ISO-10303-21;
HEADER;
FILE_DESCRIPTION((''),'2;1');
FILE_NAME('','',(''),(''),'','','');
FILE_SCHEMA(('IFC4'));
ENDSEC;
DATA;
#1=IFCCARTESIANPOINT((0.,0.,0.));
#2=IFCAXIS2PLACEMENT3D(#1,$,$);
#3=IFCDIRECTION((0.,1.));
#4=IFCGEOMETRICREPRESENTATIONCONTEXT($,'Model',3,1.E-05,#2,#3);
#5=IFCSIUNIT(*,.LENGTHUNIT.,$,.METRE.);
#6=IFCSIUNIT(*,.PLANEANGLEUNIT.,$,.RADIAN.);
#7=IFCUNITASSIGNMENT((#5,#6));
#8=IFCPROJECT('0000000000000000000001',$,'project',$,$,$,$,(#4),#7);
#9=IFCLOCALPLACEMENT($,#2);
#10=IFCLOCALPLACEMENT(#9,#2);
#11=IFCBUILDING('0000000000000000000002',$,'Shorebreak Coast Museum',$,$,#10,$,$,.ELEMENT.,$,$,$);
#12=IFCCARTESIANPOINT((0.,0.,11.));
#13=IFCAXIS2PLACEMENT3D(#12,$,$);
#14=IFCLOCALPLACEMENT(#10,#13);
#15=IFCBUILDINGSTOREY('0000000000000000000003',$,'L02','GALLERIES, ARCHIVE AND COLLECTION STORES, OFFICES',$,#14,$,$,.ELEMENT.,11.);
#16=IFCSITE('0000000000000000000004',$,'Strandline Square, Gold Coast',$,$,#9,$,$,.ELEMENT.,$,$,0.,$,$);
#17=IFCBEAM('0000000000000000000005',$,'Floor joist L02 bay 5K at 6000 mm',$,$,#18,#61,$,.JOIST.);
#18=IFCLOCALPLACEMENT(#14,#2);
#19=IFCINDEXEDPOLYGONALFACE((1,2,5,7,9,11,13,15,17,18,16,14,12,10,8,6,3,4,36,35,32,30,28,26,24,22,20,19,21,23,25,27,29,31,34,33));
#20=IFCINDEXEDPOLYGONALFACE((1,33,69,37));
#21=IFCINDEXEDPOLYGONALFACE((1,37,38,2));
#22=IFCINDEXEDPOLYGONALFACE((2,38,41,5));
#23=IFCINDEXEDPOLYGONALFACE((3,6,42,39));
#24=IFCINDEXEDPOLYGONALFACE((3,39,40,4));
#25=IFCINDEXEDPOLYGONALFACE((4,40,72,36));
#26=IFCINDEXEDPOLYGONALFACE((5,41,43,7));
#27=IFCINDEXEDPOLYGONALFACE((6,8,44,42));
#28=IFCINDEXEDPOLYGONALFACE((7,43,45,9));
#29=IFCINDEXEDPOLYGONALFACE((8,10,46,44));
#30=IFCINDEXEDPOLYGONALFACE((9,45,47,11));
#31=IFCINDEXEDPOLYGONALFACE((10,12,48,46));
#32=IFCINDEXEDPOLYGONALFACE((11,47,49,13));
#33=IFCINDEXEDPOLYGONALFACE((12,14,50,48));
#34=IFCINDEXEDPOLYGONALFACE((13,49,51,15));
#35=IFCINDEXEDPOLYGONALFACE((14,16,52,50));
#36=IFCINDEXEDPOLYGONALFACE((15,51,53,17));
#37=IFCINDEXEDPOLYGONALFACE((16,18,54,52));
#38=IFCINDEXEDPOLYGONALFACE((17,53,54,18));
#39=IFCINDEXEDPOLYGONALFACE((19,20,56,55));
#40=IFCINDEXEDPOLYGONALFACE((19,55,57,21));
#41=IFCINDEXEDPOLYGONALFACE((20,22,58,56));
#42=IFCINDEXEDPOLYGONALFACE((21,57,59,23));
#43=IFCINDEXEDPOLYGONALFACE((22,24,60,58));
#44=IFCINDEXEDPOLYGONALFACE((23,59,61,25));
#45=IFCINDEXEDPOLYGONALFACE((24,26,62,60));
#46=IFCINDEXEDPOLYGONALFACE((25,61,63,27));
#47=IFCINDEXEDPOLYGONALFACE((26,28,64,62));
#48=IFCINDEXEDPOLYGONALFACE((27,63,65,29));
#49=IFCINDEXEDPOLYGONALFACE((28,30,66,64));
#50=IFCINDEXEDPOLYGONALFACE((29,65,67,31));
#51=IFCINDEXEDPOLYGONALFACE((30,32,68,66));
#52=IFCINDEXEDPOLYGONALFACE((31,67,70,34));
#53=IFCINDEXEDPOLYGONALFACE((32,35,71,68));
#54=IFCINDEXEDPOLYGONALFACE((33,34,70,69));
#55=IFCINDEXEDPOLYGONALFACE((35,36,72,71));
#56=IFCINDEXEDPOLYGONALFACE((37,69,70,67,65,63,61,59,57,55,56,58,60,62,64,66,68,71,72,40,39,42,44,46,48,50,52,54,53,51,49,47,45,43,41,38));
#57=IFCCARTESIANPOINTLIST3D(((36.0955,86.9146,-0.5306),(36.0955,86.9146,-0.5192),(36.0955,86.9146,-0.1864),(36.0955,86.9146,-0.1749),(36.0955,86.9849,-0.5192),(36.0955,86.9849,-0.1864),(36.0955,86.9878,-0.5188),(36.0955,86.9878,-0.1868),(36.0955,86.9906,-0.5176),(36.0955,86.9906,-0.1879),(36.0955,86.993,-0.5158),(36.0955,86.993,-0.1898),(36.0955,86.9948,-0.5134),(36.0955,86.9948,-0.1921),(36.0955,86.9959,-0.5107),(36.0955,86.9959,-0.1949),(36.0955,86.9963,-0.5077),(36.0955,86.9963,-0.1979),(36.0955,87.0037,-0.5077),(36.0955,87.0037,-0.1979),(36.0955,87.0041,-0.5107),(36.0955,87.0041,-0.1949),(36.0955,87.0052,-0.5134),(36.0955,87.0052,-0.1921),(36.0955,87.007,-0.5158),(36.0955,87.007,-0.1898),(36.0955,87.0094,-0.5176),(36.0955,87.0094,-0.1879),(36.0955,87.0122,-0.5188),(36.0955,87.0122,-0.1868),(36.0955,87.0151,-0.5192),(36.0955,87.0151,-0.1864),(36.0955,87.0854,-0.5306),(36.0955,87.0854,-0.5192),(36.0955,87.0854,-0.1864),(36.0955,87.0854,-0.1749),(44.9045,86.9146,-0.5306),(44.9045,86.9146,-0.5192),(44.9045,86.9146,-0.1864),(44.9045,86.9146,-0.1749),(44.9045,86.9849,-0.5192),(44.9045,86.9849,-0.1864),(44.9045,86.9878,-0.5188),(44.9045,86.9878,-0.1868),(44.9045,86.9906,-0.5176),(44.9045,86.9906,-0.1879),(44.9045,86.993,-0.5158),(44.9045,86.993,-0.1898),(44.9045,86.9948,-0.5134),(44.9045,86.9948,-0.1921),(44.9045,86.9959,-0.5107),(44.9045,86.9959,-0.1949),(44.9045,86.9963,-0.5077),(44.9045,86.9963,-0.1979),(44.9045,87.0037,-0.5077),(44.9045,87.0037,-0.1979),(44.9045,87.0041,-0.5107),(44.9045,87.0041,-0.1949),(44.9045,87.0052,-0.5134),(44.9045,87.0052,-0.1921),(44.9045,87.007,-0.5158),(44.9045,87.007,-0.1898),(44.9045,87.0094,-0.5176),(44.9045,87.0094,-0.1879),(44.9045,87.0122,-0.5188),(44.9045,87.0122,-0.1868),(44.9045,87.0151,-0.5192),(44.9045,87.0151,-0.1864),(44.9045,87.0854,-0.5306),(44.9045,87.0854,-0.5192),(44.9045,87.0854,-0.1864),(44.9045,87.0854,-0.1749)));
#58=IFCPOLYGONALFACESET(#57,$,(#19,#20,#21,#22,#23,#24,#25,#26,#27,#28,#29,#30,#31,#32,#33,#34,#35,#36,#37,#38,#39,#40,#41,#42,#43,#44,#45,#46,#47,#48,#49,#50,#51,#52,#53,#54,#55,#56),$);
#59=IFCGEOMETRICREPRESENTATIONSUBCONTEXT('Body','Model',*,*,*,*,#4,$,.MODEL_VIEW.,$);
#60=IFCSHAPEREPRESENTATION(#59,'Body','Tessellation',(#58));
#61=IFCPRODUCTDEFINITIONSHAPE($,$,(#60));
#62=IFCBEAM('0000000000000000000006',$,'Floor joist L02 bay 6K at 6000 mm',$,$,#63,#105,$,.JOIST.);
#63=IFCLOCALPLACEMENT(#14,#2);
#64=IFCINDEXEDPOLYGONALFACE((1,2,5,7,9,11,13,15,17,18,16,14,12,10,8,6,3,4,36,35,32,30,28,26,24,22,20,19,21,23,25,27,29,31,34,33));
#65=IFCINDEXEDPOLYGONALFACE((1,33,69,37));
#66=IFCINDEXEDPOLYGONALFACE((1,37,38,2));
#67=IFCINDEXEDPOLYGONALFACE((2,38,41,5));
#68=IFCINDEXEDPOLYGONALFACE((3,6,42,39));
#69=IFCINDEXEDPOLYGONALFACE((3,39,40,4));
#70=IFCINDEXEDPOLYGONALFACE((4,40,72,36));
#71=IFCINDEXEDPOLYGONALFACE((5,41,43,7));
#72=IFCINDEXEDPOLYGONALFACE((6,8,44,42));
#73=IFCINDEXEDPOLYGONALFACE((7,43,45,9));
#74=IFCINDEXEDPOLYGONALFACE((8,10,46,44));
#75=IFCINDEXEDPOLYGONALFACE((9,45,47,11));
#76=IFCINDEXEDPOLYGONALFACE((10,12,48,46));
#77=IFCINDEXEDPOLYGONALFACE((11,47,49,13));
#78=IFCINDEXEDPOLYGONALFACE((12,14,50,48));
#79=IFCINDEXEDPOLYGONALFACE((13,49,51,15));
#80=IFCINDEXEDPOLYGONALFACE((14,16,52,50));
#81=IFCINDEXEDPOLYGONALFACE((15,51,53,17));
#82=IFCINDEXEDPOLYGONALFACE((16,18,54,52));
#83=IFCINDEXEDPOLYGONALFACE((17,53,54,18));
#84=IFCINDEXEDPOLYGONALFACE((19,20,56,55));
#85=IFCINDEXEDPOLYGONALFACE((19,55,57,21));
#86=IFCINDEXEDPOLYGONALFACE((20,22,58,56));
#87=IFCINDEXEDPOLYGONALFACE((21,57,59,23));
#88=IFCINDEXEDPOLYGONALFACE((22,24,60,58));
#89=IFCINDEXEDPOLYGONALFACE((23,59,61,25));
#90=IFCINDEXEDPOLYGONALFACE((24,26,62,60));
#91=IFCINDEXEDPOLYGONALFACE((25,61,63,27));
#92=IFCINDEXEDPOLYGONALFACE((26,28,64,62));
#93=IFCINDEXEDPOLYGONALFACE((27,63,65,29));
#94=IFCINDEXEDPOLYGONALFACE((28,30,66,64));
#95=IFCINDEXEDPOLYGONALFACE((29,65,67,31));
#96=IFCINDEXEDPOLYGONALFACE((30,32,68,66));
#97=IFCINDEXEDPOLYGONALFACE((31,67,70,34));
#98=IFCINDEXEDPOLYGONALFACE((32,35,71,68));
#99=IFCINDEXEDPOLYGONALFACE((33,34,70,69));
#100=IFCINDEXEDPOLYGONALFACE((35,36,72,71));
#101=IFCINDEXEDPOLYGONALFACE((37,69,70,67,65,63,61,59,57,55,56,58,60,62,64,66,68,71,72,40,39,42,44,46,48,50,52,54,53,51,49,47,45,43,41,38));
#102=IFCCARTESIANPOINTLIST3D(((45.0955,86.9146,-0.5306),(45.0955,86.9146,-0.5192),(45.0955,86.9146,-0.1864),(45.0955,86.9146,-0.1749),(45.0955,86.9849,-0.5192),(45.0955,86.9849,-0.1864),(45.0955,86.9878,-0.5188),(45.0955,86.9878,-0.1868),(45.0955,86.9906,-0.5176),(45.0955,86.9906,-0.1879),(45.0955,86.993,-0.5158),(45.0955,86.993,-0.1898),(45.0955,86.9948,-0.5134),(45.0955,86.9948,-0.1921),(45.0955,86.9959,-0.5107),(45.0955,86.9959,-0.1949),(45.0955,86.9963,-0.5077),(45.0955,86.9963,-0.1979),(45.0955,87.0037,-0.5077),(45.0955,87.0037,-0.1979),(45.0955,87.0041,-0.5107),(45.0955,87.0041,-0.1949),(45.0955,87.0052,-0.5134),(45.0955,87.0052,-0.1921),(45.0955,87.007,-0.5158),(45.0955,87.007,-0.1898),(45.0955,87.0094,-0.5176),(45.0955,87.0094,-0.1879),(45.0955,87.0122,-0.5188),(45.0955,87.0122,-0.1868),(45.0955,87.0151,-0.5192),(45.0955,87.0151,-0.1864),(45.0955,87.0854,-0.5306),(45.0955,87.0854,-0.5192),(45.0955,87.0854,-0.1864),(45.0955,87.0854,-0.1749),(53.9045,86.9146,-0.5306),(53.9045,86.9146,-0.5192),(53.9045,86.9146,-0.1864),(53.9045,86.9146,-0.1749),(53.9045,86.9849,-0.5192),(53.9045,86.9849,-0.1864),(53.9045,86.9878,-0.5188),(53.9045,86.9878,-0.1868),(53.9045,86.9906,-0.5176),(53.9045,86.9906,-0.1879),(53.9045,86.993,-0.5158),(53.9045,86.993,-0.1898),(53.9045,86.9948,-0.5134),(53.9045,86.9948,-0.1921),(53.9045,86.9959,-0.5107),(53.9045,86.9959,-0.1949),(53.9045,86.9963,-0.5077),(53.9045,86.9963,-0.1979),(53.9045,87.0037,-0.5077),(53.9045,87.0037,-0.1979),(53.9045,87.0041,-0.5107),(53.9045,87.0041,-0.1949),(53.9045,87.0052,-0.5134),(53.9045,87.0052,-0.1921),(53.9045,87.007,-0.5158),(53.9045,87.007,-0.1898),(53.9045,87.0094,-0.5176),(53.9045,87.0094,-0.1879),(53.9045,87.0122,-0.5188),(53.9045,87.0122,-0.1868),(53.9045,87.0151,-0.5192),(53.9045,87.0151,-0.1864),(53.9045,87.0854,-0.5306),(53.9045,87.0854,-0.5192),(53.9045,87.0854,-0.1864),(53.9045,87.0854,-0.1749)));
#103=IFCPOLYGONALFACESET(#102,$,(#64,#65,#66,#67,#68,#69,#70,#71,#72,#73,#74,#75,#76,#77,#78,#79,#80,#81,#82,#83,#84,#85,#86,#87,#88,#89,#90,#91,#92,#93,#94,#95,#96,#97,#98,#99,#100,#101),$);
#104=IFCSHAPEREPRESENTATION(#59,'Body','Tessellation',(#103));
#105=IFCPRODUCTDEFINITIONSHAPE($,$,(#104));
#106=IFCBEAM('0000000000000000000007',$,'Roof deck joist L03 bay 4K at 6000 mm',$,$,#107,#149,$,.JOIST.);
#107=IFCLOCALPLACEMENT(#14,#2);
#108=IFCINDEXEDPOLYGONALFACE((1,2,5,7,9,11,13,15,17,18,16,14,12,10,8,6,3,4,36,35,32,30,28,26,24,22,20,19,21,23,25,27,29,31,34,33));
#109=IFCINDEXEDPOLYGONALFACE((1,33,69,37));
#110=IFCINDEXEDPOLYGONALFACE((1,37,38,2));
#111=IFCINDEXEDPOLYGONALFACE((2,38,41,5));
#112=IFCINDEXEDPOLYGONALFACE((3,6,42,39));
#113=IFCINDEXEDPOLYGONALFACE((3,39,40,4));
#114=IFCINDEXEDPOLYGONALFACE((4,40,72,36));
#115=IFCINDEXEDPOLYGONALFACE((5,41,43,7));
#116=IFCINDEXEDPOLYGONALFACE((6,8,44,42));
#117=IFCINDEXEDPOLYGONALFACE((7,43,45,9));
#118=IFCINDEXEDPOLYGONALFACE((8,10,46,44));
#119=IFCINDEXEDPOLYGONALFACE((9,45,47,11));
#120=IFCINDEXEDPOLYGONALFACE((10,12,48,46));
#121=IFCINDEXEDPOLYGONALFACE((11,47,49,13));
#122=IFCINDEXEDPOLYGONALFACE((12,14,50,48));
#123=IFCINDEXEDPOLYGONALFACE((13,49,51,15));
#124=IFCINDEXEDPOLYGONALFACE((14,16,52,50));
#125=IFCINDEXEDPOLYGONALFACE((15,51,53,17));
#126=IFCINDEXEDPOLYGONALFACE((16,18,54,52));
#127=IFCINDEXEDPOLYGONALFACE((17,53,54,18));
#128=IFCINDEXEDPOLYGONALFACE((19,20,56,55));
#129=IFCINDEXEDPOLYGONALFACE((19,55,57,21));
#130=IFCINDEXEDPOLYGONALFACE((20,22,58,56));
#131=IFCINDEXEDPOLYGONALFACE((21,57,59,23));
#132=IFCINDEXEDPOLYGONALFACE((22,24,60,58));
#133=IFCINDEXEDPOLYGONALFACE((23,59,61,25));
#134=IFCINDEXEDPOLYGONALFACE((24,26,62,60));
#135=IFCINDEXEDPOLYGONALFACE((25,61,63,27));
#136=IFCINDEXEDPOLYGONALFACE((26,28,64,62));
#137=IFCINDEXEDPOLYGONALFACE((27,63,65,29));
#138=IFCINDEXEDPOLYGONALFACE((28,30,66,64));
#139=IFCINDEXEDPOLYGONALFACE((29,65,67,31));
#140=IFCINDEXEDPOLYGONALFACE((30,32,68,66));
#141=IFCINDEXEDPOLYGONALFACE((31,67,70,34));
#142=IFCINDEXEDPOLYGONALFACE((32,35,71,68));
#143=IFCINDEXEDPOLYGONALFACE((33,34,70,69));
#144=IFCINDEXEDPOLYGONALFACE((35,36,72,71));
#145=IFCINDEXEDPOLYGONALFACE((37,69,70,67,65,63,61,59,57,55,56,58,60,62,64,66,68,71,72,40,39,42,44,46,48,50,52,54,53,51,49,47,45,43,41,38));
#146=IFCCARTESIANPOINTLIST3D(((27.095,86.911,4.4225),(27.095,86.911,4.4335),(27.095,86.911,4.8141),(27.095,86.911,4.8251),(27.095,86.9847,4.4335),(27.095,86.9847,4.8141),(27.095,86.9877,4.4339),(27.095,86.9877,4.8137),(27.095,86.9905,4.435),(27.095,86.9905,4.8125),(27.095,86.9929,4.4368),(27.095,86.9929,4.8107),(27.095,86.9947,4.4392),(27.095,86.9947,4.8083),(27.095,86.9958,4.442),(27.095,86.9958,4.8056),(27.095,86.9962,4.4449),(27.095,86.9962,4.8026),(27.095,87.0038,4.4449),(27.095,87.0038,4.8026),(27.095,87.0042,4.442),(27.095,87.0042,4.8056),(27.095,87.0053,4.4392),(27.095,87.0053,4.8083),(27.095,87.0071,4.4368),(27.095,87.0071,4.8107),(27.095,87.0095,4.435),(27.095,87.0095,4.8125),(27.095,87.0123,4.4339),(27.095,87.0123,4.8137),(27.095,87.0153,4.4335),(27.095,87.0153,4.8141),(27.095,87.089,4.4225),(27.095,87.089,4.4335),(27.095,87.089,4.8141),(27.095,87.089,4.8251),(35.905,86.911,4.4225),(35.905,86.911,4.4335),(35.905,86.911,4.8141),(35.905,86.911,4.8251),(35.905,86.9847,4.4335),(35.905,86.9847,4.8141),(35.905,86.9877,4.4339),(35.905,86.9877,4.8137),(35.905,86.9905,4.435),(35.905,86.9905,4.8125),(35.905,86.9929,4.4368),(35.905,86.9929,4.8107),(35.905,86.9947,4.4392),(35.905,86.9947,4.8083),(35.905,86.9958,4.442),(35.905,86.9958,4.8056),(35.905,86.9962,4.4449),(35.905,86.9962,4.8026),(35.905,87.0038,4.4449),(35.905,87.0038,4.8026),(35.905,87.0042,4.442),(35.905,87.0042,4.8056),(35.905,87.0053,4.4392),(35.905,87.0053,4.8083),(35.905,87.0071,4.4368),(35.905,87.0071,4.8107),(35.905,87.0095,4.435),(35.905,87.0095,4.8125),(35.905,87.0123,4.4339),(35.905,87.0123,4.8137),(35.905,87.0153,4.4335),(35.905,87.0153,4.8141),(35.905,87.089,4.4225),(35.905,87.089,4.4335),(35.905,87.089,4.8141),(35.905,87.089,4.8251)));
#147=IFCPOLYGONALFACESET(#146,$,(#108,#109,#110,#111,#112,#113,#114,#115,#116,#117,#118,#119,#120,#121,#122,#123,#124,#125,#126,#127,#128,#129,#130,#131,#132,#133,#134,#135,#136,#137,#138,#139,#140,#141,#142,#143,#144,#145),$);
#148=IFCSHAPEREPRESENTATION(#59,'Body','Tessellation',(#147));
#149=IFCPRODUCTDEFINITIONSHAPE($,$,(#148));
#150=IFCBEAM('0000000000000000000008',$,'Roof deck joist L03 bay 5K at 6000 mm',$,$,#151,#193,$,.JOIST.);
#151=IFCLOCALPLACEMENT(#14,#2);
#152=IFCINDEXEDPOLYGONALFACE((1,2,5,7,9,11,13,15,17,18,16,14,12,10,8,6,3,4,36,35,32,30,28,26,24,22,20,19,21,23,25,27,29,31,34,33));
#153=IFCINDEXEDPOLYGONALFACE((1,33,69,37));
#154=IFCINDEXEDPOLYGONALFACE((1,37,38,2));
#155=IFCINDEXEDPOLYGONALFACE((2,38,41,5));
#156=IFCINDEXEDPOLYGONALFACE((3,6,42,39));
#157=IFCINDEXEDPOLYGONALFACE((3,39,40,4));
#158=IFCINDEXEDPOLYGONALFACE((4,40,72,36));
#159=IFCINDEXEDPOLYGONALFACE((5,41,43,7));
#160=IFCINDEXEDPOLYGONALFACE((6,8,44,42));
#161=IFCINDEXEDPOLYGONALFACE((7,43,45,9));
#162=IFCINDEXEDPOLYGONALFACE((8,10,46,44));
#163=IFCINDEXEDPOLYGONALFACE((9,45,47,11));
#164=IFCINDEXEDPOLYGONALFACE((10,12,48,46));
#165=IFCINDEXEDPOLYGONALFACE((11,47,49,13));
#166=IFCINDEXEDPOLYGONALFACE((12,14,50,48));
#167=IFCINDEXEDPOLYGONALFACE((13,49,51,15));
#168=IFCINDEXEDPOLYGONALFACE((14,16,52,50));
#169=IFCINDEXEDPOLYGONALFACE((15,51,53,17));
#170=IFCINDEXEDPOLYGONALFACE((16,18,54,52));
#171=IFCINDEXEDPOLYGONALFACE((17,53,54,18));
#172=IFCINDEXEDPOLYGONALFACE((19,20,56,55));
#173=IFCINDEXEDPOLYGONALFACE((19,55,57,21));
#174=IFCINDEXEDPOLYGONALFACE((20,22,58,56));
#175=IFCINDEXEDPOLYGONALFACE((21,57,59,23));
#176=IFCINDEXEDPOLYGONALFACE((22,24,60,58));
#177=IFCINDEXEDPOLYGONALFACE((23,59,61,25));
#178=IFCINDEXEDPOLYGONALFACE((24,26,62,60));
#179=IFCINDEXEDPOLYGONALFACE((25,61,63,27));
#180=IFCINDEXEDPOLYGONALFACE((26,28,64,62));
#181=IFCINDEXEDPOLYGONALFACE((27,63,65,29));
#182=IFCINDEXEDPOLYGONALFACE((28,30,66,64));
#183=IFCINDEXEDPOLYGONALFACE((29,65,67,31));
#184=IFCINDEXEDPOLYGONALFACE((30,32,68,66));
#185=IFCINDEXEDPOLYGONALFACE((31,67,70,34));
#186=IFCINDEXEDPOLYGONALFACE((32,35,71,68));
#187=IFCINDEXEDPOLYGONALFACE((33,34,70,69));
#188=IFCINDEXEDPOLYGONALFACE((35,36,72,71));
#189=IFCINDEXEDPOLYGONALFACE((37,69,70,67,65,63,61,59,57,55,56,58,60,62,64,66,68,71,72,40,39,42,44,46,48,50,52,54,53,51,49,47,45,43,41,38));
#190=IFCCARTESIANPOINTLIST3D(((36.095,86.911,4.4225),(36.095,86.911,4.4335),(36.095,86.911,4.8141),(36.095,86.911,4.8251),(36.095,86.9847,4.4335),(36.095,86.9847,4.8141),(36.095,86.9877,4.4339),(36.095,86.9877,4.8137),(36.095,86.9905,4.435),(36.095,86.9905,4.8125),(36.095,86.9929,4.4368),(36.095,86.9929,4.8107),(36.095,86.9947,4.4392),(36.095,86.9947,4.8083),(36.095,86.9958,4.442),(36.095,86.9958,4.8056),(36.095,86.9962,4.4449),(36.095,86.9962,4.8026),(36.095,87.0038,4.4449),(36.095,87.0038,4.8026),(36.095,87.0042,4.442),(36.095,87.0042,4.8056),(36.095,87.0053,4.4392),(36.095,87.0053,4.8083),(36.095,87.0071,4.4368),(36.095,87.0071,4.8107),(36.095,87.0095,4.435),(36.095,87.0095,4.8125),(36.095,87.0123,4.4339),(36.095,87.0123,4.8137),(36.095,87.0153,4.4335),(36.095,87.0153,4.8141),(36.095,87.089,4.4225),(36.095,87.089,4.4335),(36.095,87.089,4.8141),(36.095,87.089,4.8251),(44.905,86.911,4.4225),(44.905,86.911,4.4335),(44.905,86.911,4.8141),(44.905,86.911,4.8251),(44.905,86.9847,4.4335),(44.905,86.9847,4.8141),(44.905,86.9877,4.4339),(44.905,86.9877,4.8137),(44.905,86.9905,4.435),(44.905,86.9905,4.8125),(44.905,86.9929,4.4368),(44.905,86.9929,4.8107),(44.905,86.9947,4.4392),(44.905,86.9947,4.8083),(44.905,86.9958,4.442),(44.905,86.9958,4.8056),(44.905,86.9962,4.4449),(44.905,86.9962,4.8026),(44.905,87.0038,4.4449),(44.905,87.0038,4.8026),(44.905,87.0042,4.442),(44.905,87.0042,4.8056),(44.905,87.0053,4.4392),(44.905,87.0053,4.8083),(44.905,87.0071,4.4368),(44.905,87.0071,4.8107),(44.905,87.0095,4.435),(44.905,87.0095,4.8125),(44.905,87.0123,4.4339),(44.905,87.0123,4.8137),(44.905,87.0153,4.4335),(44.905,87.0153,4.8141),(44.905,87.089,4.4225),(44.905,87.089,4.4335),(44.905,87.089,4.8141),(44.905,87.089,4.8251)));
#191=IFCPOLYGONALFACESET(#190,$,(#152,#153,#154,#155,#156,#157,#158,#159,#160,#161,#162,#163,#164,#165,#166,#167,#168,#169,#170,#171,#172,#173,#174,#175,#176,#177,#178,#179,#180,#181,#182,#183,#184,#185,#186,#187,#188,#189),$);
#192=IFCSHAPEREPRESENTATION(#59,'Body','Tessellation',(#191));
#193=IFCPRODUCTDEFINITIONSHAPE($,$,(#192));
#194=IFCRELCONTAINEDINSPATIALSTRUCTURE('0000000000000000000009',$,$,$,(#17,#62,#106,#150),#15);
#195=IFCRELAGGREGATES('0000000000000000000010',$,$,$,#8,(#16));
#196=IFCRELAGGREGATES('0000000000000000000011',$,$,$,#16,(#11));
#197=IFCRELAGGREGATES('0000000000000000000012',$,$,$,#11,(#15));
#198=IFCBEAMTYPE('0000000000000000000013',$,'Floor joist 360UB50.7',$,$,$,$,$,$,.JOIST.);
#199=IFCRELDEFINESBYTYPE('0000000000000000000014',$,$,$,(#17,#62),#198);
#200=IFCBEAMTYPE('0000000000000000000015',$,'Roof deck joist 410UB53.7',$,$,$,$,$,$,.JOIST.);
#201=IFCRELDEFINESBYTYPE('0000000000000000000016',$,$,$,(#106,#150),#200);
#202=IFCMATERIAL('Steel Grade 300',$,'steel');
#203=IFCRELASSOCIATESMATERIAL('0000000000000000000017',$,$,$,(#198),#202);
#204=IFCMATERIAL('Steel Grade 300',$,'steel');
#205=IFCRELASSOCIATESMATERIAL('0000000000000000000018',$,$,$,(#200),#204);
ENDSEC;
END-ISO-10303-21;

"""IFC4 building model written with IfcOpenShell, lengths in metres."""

from ifc_helpers import new_model, si_unit, direction, frame, origin, origin_2d, place, context, subcontext, project, spatial, i_section, extrude, material, material_profile, profile_set, type_object, element, save


model = new_model("IFC4")

# Units and contexts
model_context = context("Model", 3, precision=1e-05, world=origin(), true_north=direction((0.0, 1.0)))
body_context = subcontext(model_context, "Body", "Model", "MODEL_VIEW")
ifc_project = project(units=[si_unit("LENGTHUNIT", "METRE"), si_unit("PLANEANGLEUNIT", "RADIAN")], contexts=[model_context])

# Site, building, storey
site_placement = place(None, origin())
site = spatial("IfcSite", under=ifc_project, at=site_placement, Name="Strandline Square, Gold Coast", CompositionType="ELEMENT", RefElevation=0.0)
building_placement = place(site_placement, origin())
building = spatial("IfcBuilding", under=site, at=building_placement, Name="Shorebreak Coast Museum", CompositionType="ELEMENT")
storey_placement = place(building_placement, frame((0.0, 0.0, 11.0)))
storey = spatial("IfcBuildingStorey", under=building, at=storey_placement, Name="L02", Description="GALLERIES, ARCHIVE AND COLLECTION STORES, OFFICES", CompositionType="ELEMENT", Elevation=11.0)

# Beams
ifc_material_1 = material(Name="Steel Grade 300", Category="steel")
ifc_material_profile_1 = material_profile(ifc_material_1, i_section(OverallWidth=0.1709, OverallDepth=0.3557, WebThickness=0.0073, FlangeThickness=0.0115, FilletRadius=0.0115, at=origin_2d()), Name="360UB50.7")
ifc_profile_set_1 = profile_set([ifc_material_profile_1], Name="Steel Grade 300")
beam_type_1 = type_object("IfcBeamType", Name="Floor joist 360UB50.7", PredefinedType="JOIST", material=ifc_profile_set_1)
for number, where, z_axis, x_axis, name in (
    (1, (36.0955, 87.0, -0.3528), (1.0, 0.0, 0.0), (0.0, 1.0, 0.0), "Floor joist L02 bay 5K at 6000 mm"),
    (2, (45.0955, 87.0, -0.3528), (1.0, 0.0, 0.0), (0.0, 1.0, 0.0), "Floor joist L02 bay 6K at 6000 mm"),
):
    element("IfcBeam", number, at=place(storey_placement, frame(where, z_axis=z_axis, x_axis=x_axis)), inside=storey, type_object=beam_type_1, Name=name, PredefinedType="JOIST", context=body_context, shape_type="SweptSolid", body=[
        extrude(i_section(OverallWidth=0.1709, OverallDepth=0.3557, WebThickness=0.0073, FlangeThickness=0.0115, FilletRadius=0.0115, at=origin_2d()), origin(), (0.0, 0.0, 1.0), 8.8091),
    ])
ifc_material_2 = material(Name="Steel Grade 300", Category="steel")
ifc_material_profile_2 = material_profile(ifc_material_2, i_section(OverallWidth=0.178, OverallDepth=0.4026, WebThickness=0.0076, FlangeThickness=0.011, FilletRadius=0.0115, at=origin_2d()), Name="410UB53.7")
ifc_profile_set_2 = profile_set([ifc_material_profile_2], Name="Steel Grade 300")
beam_type_2 = type_object("IfcBeamType", Name="Roof deck joist 410UB53.7", PredefinedType="JOIST", material=ifc_profile_set_2)
for number, where, z_axis, x_axis, name in (
    (3, (27.095, 87.0, 4.6238), (1.0, 0.0, 0.0), (0.0, 1.0, 0.0), "Roof deck joist L03 bay 4K at 6000 mm"),
    (4, (36.095, 87.0, 4.6238), (1.0, 0.0, 0.0), (0.0, 1.0, 0.0), "Roof deck joist L03 bay 5K at 6000 mm"),
):
    element("IfcBeam", number, at=place(storey_placement, frame(where, z_axis=z_axis, x_axis=x_axis)), inside=storey, type_object=beam_type_2, Name=name, PredefinedType="JOIST", context=body_context, shape_type="SweptSolid", body=[
        extrude(i_section(OverallWidth=0.178, OverallDepth=0.4026, WebThickness=0.0076, FlangeThickness=0.011, FilletRadius=0.0115, at=origin_2d()), origin(), (0.0, 0.0, 1.0), 8.8101),
    ])

save(model, "model.ifc")
